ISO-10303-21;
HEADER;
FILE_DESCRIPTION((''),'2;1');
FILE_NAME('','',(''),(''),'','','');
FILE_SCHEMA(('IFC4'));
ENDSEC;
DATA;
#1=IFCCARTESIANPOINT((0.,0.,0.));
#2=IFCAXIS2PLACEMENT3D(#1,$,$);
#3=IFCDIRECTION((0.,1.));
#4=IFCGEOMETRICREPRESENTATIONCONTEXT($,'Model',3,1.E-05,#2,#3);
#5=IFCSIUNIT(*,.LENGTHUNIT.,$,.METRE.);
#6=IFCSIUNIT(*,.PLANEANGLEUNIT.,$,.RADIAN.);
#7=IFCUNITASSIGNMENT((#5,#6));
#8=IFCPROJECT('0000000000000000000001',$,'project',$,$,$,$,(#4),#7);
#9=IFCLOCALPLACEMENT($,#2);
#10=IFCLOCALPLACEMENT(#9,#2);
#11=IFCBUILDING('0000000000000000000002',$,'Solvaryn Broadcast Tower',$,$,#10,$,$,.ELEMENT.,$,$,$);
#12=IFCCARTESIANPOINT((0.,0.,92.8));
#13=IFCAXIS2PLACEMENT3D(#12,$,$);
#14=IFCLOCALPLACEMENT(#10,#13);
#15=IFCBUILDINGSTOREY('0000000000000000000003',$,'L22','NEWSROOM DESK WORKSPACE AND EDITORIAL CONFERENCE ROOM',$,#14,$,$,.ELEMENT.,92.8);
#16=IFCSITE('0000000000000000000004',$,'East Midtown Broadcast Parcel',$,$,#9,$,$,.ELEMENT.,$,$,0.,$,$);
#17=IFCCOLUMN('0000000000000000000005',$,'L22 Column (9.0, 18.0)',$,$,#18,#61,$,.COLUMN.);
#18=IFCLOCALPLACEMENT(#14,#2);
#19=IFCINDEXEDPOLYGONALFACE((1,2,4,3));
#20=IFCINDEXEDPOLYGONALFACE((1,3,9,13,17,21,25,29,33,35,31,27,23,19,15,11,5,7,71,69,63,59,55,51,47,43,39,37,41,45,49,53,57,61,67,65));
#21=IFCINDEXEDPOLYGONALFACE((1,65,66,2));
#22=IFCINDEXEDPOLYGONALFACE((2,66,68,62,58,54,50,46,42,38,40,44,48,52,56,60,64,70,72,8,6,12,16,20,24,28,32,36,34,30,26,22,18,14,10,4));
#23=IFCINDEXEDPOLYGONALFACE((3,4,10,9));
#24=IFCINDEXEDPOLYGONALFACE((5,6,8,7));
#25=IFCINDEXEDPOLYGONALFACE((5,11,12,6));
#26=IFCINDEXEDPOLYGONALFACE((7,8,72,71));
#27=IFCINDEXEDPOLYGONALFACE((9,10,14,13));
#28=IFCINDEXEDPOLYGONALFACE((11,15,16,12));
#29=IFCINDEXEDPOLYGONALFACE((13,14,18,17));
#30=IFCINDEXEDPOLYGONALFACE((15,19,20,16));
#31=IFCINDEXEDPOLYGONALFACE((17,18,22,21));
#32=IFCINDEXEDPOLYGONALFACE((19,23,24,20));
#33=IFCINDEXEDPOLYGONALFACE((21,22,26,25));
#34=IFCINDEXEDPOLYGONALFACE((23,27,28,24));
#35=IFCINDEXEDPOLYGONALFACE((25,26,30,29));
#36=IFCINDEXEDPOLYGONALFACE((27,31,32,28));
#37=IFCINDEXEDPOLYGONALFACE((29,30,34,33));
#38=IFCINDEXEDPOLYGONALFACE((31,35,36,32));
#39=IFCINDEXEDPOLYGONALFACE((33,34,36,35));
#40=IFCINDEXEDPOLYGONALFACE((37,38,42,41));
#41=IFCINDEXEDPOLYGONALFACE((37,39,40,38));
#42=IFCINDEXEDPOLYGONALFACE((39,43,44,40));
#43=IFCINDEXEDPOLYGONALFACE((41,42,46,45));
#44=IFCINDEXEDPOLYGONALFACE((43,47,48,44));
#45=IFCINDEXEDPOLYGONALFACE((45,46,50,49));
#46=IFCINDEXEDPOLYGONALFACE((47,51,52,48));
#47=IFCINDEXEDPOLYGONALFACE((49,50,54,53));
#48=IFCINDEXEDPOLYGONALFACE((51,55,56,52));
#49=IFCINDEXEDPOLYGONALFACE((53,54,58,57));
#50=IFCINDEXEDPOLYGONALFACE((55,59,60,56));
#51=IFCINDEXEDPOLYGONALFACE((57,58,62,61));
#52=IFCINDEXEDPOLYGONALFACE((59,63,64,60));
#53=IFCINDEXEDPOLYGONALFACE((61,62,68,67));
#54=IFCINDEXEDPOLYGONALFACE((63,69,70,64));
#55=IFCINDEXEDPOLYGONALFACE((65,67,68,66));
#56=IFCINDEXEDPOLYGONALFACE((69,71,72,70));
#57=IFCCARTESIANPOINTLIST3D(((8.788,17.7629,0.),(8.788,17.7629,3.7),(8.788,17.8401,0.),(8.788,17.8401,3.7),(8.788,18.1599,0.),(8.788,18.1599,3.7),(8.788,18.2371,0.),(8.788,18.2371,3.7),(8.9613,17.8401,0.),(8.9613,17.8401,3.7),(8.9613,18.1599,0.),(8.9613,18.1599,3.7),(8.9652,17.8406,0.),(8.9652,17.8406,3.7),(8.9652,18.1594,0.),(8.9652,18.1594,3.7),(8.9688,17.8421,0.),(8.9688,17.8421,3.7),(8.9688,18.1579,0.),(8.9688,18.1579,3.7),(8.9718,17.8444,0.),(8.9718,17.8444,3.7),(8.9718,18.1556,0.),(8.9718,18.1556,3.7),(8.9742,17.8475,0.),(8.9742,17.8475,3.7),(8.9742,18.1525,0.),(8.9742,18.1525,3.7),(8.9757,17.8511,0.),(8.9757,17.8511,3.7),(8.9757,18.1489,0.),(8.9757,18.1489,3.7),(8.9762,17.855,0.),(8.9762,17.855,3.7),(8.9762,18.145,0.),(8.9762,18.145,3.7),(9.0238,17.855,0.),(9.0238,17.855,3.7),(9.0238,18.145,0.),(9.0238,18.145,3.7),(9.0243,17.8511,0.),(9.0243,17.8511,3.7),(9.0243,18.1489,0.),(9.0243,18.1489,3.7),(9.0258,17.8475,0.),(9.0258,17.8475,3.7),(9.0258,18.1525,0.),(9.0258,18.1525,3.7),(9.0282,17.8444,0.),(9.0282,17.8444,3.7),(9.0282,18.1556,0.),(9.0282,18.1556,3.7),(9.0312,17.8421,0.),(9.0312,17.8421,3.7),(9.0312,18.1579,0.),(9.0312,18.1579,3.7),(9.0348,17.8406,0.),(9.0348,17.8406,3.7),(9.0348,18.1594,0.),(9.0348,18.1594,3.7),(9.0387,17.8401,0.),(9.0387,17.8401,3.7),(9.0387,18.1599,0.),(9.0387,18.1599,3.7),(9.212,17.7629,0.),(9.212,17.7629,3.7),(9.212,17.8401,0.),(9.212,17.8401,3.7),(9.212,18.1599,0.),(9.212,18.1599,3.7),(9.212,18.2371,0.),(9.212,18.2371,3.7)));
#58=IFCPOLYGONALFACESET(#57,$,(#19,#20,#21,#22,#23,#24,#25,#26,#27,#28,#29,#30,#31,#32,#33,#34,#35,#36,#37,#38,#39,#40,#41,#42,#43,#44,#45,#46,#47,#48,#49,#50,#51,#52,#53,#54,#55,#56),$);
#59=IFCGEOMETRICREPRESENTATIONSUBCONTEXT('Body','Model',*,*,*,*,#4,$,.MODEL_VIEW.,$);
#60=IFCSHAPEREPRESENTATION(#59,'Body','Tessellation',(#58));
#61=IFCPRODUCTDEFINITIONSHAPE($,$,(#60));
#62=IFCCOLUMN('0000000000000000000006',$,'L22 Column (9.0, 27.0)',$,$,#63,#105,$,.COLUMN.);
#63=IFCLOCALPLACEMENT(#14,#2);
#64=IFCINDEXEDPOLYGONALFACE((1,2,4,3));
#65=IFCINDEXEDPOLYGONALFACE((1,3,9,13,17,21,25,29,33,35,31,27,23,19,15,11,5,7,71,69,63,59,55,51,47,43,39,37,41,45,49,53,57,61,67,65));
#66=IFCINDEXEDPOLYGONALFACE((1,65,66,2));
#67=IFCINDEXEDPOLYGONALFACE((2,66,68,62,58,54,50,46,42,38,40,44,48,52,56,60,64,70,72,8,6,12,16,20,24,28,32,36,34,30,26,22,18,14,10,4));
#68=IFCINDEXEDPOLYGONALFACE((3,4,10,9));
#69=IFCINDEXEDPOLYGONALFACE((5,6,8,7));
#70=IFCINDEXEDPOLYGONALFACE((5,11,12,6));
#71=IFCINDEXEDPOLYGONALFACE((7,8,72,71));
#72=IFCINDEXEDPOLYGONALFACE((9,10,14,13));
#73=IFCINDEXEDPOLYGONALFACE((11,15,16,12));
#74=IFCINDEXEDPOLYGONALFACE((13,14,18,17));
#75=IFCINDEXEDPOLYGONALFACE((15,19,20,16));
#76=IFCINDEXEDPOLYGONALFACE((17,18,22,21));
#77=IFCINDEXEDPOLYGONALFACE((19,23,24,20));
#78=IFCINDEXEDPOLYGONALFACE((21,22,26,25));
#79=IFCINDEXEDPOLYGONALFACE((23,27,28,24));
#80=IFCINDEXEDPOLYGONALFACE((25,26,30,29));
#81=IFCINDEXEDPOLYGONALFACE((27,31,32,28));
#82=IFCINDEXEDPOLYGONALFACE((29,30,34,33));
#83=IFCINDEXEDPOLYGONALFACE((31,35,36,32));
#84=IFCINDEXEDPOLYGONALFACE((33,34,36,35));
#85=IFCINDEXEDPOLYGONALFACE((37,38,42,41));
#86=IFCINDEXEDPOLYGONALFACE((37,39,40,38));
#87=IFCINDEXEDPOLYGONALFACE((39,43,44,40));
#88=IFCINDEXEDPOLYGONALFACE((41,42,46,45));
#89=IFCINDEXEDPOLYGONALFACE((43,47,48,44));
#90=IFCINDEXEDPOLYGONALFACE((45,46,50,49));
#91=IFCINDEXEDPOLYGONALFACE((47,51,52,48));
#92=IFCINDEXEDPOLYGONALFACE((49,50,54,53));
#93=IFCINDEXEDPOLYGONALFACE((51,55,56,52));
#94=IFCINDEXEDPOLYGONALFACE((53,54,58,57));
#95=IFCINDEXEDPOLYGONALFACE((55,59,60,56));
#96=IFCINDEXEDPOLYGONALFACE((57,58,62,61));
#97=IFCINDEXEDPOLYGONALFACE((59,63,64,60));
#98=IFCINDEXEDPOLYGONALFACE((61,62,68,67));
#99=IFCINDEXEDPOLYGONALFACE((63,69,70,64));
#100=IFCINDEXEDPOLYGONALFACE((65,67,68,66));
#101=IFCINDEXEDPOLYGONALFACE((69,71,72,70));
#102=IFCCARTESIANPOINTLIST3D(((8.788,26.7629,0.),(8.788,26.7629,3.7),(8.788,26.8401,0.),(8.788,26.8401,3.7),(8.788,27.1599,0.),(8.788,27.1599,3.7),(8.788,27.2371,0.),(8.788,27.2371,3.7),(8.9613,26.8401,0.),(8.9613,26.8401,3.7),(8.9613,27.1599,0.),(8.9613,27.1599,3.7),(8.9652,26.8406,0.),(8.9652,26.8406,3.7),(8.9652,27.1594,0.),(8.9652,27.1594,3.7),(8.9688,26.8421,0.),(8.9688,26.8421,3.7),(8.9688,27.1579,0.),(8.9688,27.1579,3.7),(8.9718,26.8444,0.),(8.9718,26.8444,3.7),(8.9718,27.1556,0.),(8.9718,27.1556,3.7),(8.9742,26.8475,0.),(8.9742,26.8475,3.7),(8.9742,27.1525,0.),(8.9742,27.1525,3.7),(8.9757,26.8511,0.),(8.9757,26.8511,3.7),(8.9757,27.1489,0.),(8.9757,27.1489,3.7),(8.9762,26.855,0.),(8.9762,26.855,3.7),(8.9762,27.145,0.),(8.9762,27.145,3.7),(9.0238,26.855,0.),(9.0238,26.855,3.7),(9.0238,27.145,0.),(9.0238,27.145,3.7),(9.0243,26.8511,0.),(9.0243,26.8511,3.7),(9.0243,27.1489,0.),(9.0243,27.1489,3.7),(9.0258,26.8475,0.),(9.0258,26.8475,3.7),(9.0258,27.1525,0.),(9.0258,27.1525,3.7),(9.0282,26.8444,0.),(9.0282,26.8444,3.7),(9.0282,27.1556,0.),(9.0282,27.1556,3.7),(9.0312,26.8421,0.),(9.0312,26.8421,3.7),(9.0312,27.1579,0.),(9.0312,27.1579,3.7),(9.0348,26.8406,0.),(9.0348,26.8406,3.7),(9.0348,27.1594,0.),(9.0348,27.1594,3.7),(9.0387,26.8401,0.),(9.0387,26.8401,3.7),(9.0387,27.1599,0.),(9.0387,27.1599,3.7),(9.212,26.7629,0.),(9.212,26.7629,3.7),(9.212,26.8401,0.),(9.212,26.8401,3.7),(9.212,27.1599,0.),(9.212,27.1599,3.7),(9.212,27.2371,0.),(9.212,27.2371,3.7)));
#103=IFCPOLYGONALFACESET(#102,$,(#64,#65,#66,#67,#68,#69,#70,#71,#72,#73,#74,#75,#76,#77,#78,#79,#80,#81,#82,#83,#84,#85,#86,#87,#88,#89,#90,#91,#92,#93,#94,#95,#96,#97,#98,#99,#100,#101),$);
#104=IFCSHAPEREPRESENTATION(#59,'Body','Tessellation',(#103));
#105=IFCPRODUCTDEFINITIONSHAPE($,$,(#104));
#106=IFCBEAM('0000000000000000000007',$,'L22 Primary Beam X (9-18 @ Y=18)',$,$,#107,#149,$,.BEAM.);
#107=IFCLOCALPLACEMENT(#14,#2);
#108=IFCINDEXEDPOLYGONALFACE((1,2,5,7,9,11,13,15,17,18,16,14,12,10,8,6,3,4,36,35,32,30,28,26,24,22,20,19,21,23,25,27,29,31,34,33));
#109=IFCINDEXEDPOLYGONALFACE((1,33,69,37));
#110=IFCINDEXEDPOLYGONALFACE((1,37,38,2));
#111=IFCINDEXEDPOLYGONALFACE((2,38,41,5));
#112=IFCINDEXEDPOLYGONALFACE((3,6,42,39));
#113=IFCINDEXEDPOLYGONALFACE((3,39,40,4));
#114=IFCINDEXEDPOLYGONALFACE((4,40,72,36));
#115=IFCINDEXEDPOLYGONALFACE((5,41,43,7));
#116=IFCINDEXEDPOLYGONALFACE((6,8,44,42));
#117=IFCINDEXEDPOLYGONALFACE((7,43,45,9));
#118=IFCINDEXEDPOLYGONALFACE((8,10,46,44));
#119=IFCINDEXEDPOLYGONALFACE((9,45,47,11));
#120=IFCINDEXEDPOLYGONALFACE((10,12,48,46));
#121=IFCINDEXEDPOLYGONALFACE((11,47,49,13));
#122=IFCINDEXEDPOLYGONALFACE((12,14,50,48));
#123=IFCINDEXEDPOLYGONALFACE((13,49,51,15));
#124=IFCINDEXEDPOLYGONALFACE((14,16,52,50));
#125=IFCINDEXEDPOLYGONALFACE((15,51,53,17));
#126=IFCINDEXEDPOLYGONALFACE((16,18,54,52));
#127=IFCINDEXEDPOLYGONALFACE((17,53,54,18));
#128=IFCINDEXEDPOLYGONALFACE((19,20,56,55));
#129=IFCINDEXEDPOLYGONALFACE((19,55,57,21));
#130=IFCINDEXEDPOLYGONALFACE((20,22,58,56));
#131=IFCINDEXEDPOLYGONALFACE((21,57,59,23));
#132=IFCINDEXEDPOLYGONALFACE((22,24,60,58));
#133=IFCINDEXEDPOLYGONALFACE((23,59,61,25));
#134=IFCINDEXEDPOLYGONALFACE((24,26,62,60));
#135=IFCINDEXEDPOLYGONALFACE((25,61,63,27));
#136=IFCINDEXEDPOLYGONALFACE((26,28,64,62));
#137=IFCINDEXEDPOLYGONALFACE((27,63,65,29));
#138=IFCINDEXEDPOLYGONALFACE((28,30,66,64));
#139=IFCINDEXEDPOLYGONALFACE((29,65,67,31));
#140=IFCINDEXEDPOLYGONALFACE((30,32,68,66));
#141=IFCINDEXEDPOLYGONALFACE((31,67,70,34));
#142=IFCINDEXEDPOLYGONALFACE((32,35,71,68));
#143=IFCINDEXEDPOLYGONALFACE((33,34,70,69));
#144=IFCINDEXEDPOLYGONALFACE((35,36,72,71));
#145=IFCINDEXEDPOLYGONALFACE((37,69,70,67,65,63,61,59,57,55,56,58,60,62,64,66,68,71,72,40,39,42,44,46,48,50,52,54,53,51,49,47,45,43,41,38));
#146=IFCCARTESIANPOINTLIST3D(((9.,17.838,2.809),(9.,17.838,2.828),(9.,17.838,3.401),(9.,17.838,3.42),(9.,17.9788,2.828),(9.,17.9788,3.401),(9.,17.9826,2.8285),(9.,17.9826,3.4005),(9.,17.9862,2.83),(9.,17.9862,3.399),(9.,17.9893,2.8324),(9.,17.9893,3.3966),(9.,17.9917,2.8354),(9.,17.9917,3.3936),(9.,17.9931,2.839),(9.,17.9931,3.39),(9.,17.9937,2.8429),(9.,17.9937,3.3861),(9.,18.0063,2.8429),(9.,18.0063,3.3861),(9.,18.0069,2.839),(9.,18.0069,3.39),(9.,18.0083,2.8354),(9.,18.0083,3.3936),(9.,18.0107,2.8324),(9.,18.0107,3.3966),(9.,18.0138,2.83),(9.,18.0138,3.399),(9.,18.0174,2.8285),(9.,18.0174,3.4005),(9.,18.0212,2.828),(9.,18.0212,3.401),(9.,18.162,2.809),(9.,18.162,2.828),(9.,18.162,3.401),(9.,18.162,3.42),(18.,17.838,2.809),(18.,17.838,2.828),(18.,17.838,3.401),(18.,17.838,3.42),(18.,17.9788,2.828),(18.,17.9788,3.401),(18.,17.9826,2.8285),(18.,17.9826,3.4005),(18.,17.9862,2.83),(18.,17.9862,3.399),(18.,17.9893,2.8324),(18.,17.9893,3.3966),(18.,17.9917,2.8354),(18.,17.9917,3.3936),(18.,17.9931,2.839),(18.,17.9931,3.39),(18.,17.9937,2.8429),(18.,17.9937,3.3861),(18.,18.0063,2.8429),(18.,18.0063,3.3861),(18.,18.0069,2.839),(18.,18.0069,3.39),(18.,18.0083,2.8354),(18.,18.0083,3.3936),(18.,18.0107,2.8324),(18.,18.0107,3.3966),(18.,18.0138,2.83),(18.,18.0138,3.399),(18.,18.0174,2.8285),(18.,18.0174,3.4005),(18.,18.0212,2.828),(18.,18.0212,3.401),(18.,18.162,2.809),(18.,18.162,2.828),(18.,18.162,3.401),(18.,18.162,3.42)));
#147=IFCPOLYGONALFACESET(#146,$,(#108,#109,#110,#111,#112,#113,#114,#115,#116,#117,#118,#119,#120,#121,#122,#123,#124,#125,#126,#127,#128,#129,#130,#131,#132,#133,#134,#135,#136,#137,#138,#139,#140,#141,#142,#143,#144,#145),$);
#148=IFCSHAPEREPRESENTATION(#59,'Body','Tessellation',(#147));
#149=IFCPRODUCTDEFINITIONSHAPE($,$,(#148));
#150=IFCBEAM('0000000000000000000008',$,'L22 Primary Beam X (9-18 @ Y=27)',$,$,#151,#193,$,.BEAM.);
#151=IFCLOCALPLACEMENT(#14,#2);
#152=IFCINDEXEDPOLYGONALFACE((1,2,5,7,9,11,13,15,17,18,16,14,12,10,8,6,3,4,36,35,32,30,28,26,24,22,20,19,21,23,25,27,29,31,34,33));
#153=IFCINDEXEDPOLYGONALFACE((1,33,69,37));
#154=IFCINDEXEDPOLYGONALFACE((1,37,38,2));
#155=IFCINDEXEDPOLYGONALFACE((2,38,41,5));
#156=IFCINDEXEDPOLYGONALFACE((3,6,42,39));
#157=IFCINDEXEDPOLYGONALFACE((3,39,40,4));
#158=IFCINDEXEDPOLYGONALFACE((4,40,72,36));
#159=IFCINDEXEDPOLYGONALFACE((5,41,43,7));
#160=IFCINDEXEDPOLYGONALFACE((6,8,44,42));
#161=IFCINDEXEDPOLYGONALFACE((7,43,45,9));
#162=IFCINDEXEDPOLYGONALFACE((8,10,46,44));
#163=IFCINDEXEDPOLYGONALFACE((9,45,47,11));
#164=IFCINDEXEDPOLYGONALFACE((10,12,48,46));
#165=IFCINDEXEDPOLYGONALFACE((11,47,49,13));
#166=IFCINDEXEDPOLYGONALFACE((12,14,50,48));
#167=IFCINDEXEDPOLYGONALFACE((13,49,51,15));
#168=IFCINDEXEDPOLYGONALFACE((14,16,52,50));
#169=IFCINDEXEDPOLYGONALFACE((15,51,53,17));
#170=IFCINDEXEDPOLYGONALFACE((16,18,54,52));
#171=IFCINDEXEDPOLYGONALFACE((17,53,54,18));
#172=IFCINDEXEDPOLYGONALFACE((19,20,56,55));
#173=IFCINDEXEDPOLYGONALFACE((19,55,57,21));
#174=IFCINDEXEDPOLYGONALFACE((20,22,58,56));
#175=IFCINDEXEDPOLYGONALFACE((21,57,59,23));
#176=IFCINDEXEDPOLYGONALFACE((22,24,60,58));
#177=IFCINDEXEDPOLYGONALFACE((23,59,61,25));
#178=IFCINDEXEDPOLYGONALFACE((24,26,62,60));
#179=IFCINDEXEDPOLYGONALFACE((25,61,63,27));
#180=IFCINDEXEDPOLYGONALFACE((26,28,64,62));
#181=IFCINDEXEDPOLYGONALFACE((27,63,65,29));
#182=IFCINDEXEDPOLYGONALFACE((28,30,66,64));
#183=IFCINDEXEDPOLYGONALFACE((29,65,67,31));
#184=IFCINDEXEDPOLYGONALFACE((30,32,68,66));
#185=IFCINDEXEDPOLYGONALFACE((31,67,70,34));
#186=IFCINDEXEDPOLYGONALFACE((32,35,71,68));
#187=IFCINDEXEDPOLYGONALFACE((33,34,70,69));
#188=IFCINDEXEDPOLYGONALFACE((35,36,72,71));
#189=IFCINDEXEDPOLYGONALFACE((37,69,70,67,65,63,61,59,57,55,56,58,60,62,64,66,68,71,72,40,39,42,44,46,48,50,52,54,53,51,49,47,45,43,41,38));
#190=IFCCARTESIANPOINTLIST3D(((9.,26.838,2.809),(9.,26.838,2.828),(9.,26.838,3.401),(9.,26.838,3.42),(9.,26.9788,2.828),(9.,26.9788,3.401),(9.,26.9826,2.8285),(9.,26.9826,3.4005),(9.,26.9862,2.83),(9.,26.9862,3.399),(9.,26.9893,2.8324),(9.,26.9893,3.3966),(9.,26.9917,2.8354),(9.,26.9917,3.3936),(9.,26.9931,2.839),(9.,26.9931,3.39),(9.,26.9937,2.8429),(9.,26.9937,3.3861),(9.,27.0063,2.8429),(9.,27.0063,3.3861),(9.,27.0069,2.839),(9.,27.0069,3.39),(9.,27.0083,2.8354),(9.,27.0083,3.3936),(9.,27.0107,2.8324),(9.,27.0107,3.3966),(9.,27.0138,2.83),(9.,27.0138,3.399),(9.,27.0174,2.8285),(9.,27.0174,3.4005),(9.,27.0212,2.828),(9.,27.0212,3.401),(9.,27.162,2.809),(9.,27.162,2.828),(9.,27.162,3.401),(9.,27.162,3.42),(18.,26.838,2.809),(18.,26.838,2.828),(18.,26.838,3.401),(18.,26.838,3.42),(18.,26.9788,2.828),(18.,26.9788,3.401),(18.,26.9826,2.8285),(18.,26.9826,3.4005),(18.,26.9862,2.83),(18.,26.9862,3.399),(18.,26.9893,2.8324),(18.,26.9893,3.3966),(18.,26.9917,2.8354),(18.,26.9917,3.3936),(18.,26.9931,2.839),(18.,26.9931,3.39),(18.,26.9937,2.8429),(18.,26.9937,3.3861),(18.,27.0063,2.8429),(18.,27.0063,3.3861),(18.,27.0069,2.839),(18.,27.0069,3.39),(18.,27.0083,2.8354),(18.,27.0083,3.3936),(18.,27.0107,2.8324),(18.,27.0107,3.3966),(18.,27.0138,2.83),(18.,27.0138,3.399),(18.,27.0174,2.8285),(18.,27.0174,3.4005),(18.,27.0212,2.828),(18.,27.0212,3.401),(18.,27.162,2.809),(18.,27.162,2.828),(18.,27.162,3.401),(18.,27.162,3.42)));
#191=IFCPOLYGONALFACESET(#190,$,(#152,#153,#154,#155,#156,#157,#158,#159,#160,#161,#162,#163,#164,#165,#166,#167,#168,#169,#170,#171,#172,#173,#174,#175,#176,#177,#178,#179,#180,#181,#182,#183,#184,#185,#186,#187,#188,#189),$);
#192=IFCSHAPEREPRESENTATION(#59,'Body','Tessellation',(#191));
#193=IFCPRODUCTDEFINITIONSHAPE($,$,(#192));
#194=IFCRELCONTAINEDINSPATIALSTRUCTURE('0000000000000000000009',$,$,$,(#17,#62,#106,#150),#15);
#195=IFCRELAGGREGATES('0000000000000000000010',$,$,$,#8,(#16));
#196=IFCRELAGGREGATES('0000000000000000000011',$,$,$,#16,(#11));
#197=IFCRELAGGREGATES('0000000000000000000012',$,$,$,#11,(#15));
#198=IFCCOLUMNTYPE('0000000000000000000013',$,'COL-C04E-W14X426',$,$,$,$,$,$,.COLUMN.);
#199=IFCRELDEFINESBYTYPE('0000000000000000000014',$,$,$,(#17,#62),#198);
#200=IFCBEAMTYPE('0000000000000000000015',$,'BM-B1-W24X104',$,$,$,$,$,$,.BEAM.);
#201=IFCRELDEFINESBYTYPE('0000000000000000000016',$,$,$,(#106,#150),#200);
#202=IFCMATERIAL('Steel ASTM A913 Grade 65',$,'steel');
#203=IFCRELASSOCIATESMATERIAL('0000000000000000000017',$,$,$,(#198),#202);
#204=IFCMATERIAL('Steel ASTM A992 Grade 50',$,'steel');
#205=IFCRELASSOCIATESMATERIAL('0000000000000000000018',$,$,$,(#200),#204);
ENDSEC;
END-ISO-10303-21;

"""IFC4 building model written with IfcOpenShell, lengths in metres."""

from ifc_helpers import new_model, si_unit, direction, frame, origin, origin_2d, place, context, subcontext, project, spatial, i_section, extrude, material, material_profile, profile_set, type_object, element, save


model = new_model("IFC4")

# Units and contexts
model_context = context("Model", 3, precision=1e-05, world=origin(), true_north=direction((0.0, 1.0)))
body_context = subcontext(model_context, "Body", "Model", "MODEL_VIEW")
ifc_project = project(units=[si_unit("LENGTHUNIT", "METRE"), si_unit("PLANEANGLEUNIT", "RADIAN")], contexts=[model_context])

# Site, building, storey
site_placement = place(None, origin())
site = spatial("IfcSite", under=ifc_project, at=site_placement, Name="East Midtown Broadcast Parcel", CompositionType="ELEMENT", RefElevation=0.0)
building_placement = place(site_placement, origin())
building = spatial("IfcBuilding", under=site, at=building_placement, Name="Solvaryn Broadcast Tower", CompositionType="ELEMENT")
storey_placement = place(building_placement, frame((0.0, 0.0, 92.8)))
storey = spatial("IfcBuildingStorey", under=building, at=storey_placement, Name="L22", Description="NEWSROOM DESK WORKSPACE AND EDITORIAL CONFERENCE ROOM", CompositionType="ELEMENT", Elevation=92.8)

# Columns
ifc_material_1 = material(Name="Steel ASTM A913 Grade 65", Category="steel")
ifc_material_profile_1 = material_profile(ifc_material_1, i_section(OverallWidth=0.4241, OverallDepth=0.4741, WebThickness=0.0476, FlangeThickness=0.0771, FilletRadius=0.0149, at=origin_2d()))
ifc_profile_set_1 = profile_set([ifc_material_profile_1], Name="Steel ASTM A913 Grade 65")
column_type = type_object("IfcColumnType", Name="COL-C04E-W14X426", PredefinedType="COLUMN", material=ifc_profile_set_1)
for number, where, z_axis, x_axis, name in (
    (1, (9.0, 18.0, 0.0), (0.0, 0.0, 1.0), (1.0, 0.0, 0.0), "L22 Column (9.0, 18.0)"),
    (2, (9.0, 27.0, 0.0), (0.0, 0.0, 1.0), (1.0, 0.0, 0.0), "L22 Column (9.0, 27.0)"),
):
    element("IfcColumn", number, at=place(storey_placement, frame(where, z_axis=z_axis, x_axis=x_axis)), inside=storey, type_object=column_type, Name=name, PredefinedType="COLUMN", context=body_context, shape_type="SweptSolid", body=[
        extrude(i_section(OverallWidth=0.4241, OverallDepth=0.4741, WebThickness=0.0476, FlangeThickness=0.0771, FilletRadius=0.0149, at=origin_2d()), origin(), (0.0, 0.0, 1.0), 3.7),
    ])

# Beams
ifc_material_2 = material(Name="Steel ASTM A992 Grade 50", Category="steel")
ifc_material_profile_2 = material_profile(ifc_material_2, i_section(OverallWidth=0.324, OverallDepth=0.6111, WebThickness=0.0127, FlangeThickness=0.019, FilletRadius=0.0149, at=origin_2d()))
ifc_profile_set_2 = profile_set([ifc_material_profile_2], Name="Steel ASTM A992 Grade 50")
beam_type_1 = type_object("IfcBeamType", Name="BM-B1-W24X104", PredefinedType="BEAM", material=ifc_profile_set_2)
for number, where, z_axis, x_axis, name in (
    (3, (9.0, 18.0, 3.1145), (1.0, 0.0, 0.0), (0.0, 1.0, 0.0), "L22 Primary Beam X (9-18 @ Y=18)"),
    (4, (9.0, 27.0, 3.1145), (1.0, 0.0, 0.0), (0.0, 1.0, 0.0), "L22 Primary Beam X (9-18 @ Y=27)"),
):
    element("IfcBeam", number, at=place(storey_placement, frame(where, z_axis=z_axis, x_axis=x_axis)), inside=storey, type_object=beam_type_1, Name=name, PredefinedType="BEAM", context=body_context, shape_type="SweptSolid", body=[
        extrude(i_section(OverallWidth=0.324, OverallDepth=0.6111, WebThickness=0.0127, FlangeThickness=0.019, FilletRadius=0.0149, at=origin_2d()), origin(), (0.0, 0.0, 1.0), 9.0),
    ])

save(model, "model.ifc")
